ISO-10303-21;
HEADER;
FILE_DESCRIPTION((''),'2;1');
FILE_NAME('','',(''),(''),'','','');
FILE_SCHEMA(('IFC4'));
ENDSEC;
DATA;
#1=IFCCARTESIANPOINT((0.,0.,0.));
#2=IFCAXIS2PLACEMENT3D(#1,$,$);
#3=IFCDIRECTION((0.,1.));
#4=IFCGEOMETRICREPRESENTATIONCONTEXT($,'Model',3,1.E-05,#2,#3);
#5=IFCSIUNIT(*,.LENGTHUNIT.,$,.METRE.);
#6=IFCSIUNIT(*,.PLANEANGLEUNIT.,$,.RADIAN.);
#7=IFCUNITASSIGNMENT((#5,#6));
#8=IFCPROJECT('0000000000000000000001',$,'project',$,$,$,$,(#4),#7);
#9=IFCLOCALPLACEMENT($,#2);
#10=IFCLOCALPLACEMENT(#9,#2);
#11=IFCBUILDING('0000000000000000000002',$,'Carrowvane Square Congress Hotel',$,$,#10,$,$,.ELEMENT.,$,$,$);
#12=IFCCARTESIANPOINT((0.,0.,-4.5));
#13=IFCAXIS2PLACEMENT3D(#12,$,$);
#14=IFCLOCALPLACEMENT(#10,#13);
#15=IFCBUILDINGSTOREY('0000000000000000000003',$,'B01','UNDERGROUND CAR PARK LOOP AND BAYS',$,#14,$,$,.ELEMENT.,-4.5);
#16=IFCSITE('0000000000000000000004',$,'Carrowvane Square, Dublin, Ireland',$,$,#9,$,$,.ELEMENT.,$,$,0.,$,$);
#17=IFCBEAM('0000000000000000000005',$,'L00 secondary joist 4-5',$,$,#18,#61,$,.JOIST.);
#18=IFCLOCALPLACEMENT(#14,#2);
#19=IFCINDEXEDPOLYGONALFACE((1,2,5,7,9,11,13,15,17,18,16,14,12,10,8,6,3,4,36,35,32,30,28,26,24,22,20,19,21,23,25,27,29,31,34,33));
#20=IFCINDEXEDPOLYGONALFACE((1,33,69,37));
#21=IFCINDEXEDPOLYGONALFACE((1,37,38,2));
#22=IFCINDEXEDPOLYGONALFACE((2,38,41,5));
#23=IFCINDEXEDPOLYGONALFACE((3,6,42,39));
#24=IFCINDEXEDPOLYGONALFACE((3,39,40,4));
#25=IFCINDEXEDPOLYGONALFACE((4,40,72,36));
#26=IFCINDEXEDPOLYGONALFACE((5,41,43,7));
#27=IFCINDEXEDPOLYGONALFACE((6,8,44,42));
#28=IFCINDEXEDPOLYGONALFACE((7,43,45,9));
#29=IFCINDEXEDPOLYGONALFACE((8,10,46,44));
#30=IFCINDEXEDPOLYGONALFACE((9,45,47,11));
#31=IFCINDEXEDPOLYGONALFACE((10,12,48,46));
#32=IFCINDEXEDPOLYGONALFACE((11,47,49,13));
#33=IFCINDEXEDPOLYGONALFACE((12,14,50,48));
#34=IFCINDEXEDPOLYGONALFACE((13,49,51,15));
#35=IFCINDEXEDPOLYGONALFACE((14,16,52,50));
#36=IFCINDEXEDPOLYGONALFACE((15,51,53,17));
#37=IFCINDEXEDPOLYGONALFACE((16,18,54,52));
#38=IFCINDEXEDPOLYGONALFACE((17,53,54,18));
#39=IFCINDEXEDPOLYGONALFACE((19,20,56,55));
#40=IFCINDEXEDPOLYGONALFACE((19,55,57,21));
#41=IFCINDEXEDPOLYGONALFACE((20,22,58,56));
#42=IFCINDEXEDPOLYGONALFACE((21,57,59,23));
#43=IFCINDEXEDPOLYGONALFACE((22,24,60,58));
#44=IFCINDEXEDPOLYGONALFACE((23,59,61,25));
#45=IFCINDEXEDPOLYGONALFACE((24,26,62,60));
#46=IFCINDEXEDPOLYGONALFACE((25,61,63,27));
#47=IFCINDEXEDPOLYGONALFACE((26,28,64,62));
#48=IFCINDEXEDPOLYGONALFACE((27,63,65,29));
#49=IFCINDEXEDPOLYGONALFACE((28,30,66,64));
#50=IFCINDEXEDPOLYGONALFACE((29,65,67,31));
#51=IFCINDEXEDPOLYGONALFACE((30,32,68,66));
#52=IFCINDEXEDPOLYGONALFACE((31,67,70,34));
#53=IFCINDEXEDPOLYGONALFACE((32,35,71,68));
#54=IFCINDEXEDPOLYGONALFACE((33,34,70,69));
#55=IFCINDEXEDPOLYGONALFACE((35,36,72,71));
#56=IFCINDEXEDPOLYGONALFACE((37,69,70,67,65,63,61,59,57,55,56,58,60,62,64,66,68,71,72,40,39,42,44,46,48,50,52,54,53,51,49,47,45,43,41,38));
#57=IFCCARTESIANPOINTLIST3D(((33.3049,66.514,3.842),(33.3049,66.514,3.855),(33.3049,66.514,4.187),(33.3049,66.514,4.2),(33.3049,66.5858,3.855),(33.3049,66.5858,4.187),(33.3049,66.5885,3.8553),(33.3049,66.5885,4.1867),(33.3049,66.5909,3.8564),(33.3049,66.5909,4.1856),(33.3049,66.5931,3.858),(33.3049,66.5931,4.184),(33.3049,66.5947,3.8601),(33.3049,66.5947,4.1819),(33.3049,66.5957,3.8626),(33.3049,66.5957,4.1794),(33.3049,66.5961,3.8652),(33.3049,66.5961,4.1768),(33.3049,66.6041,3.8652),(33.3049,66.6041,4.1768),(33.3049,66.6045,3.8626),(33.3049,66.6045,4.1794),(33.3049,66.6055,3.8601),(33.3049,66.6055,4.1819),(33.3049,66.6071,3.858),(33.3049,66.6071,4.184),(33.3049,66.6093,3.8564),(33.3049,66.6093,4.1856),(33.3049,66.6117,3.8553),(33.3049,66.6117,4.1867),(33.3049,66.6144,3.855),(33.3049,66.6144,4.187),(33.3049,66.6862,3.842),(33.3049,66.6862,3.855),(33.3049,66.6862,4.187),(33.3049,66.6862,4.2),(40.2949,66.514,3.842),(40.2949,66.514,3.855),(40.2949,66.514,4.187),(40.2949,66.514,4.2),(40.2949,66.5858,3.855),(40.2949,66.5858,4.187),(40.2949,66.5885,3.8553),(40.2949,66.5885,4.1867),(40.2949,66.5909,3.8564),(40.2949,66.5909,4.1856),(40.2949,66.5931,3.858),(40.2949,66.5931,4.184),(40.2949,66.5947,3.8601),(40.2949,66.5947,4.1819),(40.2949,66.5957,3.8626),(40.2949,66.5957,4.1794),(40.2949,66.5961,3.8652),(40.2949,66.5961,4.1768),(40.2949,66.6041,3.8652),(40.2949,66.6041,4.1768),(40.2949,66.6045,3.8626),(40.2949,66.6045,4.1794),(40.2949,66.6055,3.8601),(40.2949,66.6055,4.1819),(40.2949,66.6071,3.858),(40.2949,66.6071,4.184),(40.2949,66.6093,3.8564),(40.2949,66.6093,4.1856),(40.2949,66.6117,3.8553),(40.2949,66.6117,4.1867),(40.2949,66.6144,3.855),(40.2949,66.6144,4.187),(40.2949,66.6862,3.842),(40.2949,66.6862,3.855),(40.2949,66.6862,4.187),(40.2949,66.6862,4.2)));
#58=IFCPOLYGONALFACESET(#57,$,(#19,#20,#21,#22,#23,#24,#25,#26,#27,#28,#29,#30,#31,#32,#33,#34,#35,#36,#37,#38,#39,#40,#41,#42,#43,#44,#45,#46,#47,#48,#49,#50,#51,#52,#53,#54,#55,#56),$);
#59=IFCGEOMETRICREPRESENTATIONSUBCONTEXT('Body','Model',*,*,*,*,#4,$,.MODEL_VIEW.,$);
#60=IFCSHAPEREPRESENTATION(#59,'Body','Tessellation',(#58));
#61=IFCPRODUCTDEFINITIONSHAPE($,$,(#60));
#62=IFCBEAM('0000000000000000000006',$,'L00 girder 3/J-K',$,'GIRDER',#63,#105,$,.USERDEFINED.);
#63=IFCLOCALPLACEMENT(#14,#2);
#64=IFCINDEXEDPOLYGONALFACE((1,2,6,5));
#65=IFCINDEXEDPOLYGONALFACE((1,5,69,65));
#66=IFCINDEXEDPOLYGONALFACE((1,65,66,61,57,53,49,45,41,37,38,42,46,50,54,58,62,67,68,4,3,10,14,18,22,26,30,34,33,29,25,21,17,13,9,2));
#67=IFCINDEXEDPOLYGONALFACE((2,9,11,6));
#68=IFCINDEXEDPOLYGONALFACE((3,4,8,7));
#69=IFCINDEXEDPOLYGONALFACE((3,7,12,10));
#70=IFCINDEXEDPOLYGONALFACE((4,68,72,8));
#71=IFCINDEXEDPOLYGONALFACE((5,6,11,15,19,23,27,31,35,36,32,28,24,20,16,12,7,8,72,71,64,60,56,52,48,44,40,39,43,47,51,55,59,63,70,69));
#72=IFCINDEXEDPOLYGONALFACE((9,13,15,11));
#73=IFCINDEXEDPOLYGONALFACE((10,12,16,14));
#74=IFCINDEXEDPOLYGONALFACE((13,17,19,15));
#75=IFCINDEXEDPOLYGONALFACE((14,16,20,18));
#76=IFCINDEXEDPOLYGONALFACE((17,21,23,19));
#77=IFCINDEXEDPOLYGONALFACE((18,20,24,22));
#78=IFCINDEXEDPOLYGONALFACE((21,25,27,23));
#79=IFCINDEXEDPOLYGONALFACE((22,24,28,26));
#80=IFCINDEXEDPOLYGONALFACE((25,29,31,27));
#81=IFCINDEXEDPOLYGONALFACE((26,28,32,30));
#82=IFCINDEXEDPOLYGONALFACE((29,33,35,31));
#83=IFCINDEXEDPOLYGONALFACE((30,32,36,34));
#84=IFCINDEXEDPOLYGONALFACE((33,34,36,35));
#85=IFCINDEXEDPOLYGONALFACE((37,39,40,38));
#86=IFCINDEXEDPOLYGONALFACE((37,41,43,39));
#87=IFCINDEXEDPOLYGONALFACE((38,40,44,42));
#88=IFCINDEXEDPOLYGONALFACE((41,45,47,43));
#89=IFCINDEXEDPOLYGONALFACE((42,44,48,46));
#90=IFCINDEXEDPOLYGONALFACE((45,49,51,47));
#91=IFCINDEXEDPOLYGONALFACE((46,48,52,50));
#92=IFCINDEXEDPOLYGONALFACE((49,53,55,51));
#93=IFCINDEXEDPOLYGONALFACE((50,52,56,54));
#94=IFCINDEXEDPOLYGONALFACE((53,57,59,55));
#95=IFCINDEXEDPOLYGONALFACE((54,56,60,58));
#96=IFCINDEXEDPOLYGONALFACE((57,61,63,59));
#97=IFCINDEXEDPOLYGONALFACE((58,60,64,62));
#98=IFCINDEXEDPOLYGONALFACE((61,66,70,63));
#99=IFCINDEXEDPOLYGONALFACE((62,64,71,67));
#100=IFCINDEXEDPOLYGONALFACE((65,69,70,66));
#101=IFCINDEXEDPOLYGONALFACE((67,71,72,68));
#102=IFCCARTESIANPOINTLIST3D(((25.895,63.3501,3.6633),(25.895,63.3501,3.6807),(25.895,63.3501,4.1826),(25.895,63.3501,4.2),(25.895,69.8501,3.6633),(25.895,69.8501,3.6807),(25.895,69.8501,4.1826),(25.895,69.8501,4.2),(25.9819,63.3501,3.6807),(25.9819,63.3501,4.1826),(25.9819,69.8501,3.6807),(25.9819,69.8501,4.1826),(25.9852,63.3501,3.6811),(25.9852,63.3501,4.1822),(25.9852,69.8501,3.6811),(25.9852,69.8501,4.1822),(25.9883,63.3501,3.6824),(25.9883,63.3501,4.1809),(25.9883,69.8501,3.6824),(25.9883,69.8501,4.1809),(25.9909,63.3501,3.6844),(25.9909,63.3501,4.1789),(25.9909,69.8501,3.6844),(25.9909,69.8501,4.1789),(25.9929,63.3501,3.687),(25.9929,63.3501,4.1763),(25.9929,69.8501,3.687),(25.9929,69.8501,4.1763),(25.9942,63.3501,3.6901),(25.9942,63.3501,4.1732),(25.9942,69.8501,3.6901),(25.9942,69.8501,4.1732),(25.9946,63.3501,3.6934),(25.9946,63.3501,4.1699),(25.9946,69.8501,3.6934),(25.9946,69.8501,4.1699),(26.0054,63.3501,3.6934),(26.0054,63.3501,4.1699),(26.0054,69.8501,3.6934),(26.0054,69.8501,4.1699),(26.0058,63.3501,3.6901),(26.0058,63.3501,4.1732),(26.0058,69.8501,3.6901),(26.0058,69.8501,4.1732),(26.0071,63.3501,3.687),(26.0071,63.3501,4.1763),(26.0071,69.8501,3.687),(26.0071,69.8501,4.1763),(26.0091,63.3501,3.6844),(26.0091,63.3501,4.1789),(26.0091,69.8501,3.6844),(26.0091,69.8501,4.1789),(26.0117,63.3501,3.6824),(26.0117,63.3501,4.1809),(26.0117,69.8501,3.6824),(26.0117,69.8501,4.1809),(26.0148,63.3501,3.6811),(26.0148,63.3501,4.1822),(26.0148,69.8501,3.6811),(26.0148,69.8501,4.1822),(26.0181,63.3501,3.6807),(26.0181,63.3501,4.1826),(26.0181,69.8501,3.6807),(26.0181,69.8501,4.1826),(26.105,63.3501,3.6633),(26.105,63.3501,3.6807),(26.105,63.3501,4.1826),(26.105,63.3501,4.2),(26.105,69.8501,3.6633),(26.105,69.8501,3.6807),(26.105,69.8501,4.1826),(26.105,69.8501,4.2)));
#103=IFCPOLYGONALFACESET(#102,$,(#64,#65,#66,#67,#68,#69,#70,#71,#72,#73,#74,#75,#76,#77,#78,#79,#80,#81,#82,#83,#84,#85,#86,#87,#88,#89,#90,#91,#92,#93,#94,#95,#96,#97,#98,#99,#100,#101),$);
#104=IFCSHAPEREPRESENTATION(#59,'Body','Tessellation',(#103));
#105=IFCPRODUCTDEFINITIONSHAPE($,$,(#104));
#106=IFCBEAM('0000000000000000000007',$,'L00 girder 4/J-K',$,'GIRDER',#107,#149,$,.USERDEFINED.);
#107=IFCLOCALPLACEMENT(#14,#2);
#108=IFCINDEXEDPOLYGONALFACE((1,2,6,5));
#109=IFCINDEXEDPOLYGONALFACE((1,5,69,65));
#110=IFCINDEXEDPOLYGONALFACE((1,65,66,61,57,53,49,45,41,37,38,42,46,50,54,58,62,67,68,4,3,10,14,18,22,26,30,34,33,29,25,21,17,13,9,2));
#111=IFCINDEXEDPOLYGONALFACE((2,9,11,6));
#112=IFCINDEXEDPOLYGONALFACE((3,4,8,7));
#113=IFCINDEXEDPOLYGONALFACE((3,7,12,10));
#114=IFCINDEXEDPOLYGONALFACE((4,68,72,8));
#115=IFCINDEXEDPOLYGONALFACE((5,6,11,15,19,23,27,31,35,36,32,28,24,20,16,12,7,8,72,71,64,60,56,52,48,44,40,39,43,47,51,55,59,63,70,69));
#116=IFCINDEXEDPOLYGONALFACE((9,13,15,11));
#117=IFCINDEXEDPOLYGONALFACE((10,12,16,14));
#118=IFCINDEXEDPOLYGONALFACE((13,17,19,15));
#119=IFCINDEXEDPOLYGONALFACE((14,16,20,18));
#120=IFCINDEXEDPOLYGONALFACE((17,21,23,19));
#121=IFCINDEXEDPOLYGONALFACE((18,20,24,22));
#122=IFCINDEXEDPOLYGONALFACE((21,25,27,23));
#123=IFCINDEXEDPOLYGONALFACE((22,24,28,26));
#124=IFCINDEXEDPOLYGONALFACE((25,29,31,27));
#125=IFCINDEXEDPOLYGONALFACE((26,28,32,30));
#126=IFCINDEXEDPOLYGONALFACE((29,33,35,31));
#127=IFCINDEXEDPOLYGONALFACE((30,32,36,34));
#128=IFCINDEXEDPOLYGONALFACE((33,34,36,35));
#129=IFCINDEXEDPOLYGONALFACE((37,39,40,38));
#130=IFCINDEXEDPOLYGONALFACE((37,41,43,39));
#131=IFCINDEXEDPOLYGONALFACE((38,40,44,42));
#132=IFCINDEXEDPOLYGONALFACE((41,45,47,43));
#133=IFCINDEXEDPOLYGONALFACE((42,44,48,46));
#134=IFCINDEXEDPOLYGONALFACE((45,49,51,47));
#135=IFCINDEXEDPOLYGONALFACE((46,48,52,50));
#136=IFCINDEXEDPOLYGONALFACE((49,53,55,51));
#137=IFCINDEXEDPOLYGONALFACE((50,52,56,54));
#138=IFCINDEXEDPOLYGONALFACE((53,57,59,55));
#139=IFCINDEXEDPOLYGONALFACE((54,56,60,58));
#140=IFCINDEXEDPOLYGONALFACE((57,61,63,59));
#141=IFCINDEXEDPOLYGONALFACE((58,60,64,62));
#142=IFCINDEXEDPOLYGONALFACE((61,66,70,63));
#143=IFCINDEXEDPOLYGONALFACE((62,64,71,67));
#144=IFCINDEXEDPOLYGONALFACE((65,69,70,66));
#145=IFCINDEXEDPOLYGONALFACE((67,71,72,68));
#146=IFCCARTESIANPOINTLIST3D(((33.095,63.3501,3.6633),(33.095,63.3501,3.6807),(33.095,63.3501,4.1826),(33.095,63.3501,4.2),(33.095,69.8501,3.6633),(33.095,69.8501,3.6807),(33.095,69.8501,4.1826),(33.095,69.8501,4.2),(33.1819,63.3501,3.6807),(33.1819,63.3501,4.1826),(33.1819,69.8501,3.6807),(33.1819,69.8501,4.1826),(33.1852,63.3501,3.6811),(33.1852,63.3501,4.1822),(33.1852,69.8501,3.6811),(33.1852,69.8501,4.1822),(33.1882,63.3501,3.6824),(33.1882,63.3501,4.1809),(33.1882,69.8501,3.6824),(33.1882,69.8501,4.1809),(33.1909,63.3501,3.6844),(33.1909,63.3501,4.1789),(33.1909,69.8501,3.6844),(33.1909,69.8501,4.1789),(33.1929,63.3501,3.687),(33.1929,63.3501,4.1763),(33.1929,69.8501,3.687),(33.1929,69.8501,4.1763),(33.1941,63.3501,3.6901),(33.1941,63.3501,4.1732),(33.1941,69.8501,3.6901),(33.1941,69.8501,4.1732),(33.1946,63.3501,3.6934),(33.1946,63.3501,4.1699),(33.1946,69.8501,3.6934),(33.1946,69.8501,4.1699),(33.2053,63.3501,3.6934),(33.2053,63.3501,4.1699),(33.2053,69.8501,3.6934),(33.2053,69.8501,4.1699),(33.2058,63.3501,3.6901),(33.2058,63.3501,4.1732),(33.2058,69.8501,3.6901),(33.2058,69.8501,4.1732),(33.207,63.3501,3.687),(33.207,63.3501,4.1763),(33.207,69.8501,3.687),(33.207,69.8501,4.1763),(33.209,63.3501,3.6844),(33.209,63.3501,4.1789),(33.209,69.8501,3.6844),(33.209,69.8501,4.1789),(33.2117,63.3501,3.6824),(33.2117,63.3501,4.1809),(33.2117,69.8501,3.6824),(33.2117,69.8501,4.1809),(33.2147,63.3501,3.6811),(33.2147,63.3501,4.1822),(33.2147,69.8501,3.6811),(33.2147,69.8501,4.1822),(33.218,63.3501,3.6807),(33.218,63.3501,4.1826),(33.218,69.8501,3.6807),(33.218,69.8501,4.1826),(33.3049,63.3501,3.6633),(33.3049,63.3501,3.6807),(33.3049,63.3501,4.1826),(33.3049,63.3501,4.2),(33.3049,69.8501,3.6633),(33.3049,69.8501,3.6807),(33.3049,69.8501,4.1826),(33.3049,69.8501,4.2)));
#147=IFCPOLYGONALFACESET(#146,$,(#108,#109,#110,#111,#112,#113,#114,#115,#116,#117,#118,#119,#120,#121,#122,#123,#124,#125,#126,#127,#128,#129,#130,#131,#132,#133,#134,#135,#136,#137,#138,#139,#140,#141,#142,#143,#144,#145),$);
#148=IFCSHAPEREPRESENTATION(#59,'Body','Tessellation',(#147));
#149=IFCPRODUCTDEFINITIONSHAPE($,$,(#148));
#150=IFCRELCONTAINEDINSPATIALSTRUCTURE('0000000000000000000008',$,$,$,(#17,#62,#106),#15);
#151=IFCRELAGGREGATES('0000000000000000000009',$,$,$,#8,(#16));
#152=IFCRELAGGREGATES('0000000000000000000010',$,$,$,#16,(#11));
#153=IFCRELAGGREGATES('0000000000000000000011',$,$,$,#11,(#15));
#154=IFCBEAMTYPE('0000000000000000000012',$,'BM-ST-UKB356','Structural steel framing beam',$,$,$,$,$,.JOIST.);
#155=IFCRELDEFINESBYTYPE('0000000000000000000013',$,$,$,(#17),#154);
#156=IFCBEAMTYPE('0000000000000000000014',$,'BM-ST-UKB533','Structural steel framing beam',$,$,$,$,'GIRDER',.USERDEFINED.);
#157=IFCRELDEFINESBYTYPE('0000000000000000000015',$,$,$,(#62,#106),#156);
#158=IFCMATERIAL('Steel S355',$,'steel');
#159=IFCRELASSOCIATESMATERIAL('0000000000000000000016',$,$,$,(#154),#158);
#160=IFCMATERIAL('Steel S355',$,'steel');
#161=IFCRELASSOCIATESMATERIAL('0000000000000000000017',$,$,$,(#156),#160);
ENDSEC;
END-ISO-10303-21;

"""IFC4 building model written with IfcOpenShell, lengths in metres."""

from ifc_helpers import new_model, si_unit, direction, frame, origin, origin_2d, place, context, subcontext, project, spatial, i_section, extrude, material, material_profile, profile_set, type_object, element, save


model = new_model("IFC4")

# Units and contexts
model_context = context("Model", 3, precision=1e-05, world=origin(), true_north=direction((0.0, 1.0)))
body_context = subcontext(model_context, "Body", "Model", "MODEL_VIEW")
ifc_project = project(units=[si_unit("LENGTHUNIT", "METRE"), si_unit("PLANEANGLEUNIT", "RADIAN")], contexts=[model_context])

# Site, building, storey
site_placement = place(None, origin())
site = spatial("IfcSite", under=ifc_project, at=site_placement, Name="Carrowvane Square, Dublin, Ireland", CompositionType="ELEMENT", RefElevation=0.0)
building_placement = place(site_placement, origin())
building = spatial("IfcBuilding", under=site, at=building_placement, Name="Carrowvane Square Congress Hotel", CompositionType="ELEMENT")
storey_placement = place(building_placement, frame((0.0, 0.0, -4.5)))
storey = spatial("IfcBuildingStorey", under=building, at=storey_placement, Name="B01", Description="UNDERGROUND CAR PARK LOOP AND BAYS", CompositionType="ELEMENT", Elevation=-4.5)

# Beams
ifc_material_1 = material(Name="Steel S355", Category="steel")
ifc_material_profile_1 = material_profile(ifc_material_1, i_section(OverallWidth=0.1721, OverallDepth=0.3579, WebThickness=0.0081, FlangeThickness=0.0129, FilletRadius=0.0103, at=origin_2d()), Name="UKB 356x171x57")
ifc_profile_set_1 = profile_set([ifc_material_profile_1], Name="Steel S355")
beam_type_1 = type_object("IfcBeamType", Name="BM-ST-UKB356", Description="Structural steel framing beam", PredefinedType="JOIST", material=ifc_profile_set_1)
for number, where, z_axis, x_axis, name in (
    (1, (33.3049, 66.6001, 4.021), (1.0, 0.0, 0.0), (0.0, 1.0, 0.0), "L00 secondary joist 4-5"),
):
    element("IfcBeam", number, at=place(storey_placement, frame(where, z_axis=z_axis, x_axis=x_axis)), inside=storey, type_object=beam_type_1, Name=name, PredefinedType="JOIST", context=body_context, shape_type="SweptSolid", body=[
        extrude(i_section(OverallWidth=0.1721, OverallDepth=0.3579, WebThickness=0.0081, FlangeThickness=0.0129, FilletRadius=0.0103, at=origin_2d()), origin(), (0.0, 0.0, 1.0), 6.99),
    ])
ifc_material_2 = material(Name="Steel S355", Category="steel")
ifc_material_profile_2 = material_profile(ifc_material_2, i_section(OverallWidth=0.21, OverallDepth=0.5366, WebThickness=0.0107, FlangeThickness=0.0173, FilletRadius=0.0127, at=origin_2d()), Name="UKB 533x210x101")
ifc_profile_set_2 = profile_set([ifc_material_profile_2], Name="Steel S355")
beam_type_2 = type_object("IfcBeamType", Name="BM-ST-UKB533", Description="Structural steel framing beam", ElementType="GIRDER", PredefinedType="USERDEFINED", material=ifc_profile_set_2)
for number, where, z_axis, x_axis, name in (
    (2, (26.0, 63.3501, 3.9316), (0.0, 1.0, 0.0), (-1.0, 0.0, 0.0), "L00 girder 3/J-K"),
    (3, (33.2, 63.3501, 3.9316), (0.0, 1.0, 0.0), (-1.0, 0.0, 0.0), "L00 girder 4/J-K"),
):
    element("IfcBeam", number, at=place(storey_placement, frame(where, z_axis=z_axis, x_axis=x_axis)), inside=storey, type_object=beam_type_2, Name=name, ObjectType="GIRDER", PredefinedType="USERDEFINED", context=body_context, shape_type="SweptSolid", body=[
        extrude(i_section(OverallWidth=0.21, OverallDepth=0.5366, WebThickness=0.0107, FlangeThickness=0.0173, FilletRadius=0.0127, at=origin_2d()), origin(), (0.0, 0.0, 1.0), 6.5),
    ])

save(model, "model.ifc")
